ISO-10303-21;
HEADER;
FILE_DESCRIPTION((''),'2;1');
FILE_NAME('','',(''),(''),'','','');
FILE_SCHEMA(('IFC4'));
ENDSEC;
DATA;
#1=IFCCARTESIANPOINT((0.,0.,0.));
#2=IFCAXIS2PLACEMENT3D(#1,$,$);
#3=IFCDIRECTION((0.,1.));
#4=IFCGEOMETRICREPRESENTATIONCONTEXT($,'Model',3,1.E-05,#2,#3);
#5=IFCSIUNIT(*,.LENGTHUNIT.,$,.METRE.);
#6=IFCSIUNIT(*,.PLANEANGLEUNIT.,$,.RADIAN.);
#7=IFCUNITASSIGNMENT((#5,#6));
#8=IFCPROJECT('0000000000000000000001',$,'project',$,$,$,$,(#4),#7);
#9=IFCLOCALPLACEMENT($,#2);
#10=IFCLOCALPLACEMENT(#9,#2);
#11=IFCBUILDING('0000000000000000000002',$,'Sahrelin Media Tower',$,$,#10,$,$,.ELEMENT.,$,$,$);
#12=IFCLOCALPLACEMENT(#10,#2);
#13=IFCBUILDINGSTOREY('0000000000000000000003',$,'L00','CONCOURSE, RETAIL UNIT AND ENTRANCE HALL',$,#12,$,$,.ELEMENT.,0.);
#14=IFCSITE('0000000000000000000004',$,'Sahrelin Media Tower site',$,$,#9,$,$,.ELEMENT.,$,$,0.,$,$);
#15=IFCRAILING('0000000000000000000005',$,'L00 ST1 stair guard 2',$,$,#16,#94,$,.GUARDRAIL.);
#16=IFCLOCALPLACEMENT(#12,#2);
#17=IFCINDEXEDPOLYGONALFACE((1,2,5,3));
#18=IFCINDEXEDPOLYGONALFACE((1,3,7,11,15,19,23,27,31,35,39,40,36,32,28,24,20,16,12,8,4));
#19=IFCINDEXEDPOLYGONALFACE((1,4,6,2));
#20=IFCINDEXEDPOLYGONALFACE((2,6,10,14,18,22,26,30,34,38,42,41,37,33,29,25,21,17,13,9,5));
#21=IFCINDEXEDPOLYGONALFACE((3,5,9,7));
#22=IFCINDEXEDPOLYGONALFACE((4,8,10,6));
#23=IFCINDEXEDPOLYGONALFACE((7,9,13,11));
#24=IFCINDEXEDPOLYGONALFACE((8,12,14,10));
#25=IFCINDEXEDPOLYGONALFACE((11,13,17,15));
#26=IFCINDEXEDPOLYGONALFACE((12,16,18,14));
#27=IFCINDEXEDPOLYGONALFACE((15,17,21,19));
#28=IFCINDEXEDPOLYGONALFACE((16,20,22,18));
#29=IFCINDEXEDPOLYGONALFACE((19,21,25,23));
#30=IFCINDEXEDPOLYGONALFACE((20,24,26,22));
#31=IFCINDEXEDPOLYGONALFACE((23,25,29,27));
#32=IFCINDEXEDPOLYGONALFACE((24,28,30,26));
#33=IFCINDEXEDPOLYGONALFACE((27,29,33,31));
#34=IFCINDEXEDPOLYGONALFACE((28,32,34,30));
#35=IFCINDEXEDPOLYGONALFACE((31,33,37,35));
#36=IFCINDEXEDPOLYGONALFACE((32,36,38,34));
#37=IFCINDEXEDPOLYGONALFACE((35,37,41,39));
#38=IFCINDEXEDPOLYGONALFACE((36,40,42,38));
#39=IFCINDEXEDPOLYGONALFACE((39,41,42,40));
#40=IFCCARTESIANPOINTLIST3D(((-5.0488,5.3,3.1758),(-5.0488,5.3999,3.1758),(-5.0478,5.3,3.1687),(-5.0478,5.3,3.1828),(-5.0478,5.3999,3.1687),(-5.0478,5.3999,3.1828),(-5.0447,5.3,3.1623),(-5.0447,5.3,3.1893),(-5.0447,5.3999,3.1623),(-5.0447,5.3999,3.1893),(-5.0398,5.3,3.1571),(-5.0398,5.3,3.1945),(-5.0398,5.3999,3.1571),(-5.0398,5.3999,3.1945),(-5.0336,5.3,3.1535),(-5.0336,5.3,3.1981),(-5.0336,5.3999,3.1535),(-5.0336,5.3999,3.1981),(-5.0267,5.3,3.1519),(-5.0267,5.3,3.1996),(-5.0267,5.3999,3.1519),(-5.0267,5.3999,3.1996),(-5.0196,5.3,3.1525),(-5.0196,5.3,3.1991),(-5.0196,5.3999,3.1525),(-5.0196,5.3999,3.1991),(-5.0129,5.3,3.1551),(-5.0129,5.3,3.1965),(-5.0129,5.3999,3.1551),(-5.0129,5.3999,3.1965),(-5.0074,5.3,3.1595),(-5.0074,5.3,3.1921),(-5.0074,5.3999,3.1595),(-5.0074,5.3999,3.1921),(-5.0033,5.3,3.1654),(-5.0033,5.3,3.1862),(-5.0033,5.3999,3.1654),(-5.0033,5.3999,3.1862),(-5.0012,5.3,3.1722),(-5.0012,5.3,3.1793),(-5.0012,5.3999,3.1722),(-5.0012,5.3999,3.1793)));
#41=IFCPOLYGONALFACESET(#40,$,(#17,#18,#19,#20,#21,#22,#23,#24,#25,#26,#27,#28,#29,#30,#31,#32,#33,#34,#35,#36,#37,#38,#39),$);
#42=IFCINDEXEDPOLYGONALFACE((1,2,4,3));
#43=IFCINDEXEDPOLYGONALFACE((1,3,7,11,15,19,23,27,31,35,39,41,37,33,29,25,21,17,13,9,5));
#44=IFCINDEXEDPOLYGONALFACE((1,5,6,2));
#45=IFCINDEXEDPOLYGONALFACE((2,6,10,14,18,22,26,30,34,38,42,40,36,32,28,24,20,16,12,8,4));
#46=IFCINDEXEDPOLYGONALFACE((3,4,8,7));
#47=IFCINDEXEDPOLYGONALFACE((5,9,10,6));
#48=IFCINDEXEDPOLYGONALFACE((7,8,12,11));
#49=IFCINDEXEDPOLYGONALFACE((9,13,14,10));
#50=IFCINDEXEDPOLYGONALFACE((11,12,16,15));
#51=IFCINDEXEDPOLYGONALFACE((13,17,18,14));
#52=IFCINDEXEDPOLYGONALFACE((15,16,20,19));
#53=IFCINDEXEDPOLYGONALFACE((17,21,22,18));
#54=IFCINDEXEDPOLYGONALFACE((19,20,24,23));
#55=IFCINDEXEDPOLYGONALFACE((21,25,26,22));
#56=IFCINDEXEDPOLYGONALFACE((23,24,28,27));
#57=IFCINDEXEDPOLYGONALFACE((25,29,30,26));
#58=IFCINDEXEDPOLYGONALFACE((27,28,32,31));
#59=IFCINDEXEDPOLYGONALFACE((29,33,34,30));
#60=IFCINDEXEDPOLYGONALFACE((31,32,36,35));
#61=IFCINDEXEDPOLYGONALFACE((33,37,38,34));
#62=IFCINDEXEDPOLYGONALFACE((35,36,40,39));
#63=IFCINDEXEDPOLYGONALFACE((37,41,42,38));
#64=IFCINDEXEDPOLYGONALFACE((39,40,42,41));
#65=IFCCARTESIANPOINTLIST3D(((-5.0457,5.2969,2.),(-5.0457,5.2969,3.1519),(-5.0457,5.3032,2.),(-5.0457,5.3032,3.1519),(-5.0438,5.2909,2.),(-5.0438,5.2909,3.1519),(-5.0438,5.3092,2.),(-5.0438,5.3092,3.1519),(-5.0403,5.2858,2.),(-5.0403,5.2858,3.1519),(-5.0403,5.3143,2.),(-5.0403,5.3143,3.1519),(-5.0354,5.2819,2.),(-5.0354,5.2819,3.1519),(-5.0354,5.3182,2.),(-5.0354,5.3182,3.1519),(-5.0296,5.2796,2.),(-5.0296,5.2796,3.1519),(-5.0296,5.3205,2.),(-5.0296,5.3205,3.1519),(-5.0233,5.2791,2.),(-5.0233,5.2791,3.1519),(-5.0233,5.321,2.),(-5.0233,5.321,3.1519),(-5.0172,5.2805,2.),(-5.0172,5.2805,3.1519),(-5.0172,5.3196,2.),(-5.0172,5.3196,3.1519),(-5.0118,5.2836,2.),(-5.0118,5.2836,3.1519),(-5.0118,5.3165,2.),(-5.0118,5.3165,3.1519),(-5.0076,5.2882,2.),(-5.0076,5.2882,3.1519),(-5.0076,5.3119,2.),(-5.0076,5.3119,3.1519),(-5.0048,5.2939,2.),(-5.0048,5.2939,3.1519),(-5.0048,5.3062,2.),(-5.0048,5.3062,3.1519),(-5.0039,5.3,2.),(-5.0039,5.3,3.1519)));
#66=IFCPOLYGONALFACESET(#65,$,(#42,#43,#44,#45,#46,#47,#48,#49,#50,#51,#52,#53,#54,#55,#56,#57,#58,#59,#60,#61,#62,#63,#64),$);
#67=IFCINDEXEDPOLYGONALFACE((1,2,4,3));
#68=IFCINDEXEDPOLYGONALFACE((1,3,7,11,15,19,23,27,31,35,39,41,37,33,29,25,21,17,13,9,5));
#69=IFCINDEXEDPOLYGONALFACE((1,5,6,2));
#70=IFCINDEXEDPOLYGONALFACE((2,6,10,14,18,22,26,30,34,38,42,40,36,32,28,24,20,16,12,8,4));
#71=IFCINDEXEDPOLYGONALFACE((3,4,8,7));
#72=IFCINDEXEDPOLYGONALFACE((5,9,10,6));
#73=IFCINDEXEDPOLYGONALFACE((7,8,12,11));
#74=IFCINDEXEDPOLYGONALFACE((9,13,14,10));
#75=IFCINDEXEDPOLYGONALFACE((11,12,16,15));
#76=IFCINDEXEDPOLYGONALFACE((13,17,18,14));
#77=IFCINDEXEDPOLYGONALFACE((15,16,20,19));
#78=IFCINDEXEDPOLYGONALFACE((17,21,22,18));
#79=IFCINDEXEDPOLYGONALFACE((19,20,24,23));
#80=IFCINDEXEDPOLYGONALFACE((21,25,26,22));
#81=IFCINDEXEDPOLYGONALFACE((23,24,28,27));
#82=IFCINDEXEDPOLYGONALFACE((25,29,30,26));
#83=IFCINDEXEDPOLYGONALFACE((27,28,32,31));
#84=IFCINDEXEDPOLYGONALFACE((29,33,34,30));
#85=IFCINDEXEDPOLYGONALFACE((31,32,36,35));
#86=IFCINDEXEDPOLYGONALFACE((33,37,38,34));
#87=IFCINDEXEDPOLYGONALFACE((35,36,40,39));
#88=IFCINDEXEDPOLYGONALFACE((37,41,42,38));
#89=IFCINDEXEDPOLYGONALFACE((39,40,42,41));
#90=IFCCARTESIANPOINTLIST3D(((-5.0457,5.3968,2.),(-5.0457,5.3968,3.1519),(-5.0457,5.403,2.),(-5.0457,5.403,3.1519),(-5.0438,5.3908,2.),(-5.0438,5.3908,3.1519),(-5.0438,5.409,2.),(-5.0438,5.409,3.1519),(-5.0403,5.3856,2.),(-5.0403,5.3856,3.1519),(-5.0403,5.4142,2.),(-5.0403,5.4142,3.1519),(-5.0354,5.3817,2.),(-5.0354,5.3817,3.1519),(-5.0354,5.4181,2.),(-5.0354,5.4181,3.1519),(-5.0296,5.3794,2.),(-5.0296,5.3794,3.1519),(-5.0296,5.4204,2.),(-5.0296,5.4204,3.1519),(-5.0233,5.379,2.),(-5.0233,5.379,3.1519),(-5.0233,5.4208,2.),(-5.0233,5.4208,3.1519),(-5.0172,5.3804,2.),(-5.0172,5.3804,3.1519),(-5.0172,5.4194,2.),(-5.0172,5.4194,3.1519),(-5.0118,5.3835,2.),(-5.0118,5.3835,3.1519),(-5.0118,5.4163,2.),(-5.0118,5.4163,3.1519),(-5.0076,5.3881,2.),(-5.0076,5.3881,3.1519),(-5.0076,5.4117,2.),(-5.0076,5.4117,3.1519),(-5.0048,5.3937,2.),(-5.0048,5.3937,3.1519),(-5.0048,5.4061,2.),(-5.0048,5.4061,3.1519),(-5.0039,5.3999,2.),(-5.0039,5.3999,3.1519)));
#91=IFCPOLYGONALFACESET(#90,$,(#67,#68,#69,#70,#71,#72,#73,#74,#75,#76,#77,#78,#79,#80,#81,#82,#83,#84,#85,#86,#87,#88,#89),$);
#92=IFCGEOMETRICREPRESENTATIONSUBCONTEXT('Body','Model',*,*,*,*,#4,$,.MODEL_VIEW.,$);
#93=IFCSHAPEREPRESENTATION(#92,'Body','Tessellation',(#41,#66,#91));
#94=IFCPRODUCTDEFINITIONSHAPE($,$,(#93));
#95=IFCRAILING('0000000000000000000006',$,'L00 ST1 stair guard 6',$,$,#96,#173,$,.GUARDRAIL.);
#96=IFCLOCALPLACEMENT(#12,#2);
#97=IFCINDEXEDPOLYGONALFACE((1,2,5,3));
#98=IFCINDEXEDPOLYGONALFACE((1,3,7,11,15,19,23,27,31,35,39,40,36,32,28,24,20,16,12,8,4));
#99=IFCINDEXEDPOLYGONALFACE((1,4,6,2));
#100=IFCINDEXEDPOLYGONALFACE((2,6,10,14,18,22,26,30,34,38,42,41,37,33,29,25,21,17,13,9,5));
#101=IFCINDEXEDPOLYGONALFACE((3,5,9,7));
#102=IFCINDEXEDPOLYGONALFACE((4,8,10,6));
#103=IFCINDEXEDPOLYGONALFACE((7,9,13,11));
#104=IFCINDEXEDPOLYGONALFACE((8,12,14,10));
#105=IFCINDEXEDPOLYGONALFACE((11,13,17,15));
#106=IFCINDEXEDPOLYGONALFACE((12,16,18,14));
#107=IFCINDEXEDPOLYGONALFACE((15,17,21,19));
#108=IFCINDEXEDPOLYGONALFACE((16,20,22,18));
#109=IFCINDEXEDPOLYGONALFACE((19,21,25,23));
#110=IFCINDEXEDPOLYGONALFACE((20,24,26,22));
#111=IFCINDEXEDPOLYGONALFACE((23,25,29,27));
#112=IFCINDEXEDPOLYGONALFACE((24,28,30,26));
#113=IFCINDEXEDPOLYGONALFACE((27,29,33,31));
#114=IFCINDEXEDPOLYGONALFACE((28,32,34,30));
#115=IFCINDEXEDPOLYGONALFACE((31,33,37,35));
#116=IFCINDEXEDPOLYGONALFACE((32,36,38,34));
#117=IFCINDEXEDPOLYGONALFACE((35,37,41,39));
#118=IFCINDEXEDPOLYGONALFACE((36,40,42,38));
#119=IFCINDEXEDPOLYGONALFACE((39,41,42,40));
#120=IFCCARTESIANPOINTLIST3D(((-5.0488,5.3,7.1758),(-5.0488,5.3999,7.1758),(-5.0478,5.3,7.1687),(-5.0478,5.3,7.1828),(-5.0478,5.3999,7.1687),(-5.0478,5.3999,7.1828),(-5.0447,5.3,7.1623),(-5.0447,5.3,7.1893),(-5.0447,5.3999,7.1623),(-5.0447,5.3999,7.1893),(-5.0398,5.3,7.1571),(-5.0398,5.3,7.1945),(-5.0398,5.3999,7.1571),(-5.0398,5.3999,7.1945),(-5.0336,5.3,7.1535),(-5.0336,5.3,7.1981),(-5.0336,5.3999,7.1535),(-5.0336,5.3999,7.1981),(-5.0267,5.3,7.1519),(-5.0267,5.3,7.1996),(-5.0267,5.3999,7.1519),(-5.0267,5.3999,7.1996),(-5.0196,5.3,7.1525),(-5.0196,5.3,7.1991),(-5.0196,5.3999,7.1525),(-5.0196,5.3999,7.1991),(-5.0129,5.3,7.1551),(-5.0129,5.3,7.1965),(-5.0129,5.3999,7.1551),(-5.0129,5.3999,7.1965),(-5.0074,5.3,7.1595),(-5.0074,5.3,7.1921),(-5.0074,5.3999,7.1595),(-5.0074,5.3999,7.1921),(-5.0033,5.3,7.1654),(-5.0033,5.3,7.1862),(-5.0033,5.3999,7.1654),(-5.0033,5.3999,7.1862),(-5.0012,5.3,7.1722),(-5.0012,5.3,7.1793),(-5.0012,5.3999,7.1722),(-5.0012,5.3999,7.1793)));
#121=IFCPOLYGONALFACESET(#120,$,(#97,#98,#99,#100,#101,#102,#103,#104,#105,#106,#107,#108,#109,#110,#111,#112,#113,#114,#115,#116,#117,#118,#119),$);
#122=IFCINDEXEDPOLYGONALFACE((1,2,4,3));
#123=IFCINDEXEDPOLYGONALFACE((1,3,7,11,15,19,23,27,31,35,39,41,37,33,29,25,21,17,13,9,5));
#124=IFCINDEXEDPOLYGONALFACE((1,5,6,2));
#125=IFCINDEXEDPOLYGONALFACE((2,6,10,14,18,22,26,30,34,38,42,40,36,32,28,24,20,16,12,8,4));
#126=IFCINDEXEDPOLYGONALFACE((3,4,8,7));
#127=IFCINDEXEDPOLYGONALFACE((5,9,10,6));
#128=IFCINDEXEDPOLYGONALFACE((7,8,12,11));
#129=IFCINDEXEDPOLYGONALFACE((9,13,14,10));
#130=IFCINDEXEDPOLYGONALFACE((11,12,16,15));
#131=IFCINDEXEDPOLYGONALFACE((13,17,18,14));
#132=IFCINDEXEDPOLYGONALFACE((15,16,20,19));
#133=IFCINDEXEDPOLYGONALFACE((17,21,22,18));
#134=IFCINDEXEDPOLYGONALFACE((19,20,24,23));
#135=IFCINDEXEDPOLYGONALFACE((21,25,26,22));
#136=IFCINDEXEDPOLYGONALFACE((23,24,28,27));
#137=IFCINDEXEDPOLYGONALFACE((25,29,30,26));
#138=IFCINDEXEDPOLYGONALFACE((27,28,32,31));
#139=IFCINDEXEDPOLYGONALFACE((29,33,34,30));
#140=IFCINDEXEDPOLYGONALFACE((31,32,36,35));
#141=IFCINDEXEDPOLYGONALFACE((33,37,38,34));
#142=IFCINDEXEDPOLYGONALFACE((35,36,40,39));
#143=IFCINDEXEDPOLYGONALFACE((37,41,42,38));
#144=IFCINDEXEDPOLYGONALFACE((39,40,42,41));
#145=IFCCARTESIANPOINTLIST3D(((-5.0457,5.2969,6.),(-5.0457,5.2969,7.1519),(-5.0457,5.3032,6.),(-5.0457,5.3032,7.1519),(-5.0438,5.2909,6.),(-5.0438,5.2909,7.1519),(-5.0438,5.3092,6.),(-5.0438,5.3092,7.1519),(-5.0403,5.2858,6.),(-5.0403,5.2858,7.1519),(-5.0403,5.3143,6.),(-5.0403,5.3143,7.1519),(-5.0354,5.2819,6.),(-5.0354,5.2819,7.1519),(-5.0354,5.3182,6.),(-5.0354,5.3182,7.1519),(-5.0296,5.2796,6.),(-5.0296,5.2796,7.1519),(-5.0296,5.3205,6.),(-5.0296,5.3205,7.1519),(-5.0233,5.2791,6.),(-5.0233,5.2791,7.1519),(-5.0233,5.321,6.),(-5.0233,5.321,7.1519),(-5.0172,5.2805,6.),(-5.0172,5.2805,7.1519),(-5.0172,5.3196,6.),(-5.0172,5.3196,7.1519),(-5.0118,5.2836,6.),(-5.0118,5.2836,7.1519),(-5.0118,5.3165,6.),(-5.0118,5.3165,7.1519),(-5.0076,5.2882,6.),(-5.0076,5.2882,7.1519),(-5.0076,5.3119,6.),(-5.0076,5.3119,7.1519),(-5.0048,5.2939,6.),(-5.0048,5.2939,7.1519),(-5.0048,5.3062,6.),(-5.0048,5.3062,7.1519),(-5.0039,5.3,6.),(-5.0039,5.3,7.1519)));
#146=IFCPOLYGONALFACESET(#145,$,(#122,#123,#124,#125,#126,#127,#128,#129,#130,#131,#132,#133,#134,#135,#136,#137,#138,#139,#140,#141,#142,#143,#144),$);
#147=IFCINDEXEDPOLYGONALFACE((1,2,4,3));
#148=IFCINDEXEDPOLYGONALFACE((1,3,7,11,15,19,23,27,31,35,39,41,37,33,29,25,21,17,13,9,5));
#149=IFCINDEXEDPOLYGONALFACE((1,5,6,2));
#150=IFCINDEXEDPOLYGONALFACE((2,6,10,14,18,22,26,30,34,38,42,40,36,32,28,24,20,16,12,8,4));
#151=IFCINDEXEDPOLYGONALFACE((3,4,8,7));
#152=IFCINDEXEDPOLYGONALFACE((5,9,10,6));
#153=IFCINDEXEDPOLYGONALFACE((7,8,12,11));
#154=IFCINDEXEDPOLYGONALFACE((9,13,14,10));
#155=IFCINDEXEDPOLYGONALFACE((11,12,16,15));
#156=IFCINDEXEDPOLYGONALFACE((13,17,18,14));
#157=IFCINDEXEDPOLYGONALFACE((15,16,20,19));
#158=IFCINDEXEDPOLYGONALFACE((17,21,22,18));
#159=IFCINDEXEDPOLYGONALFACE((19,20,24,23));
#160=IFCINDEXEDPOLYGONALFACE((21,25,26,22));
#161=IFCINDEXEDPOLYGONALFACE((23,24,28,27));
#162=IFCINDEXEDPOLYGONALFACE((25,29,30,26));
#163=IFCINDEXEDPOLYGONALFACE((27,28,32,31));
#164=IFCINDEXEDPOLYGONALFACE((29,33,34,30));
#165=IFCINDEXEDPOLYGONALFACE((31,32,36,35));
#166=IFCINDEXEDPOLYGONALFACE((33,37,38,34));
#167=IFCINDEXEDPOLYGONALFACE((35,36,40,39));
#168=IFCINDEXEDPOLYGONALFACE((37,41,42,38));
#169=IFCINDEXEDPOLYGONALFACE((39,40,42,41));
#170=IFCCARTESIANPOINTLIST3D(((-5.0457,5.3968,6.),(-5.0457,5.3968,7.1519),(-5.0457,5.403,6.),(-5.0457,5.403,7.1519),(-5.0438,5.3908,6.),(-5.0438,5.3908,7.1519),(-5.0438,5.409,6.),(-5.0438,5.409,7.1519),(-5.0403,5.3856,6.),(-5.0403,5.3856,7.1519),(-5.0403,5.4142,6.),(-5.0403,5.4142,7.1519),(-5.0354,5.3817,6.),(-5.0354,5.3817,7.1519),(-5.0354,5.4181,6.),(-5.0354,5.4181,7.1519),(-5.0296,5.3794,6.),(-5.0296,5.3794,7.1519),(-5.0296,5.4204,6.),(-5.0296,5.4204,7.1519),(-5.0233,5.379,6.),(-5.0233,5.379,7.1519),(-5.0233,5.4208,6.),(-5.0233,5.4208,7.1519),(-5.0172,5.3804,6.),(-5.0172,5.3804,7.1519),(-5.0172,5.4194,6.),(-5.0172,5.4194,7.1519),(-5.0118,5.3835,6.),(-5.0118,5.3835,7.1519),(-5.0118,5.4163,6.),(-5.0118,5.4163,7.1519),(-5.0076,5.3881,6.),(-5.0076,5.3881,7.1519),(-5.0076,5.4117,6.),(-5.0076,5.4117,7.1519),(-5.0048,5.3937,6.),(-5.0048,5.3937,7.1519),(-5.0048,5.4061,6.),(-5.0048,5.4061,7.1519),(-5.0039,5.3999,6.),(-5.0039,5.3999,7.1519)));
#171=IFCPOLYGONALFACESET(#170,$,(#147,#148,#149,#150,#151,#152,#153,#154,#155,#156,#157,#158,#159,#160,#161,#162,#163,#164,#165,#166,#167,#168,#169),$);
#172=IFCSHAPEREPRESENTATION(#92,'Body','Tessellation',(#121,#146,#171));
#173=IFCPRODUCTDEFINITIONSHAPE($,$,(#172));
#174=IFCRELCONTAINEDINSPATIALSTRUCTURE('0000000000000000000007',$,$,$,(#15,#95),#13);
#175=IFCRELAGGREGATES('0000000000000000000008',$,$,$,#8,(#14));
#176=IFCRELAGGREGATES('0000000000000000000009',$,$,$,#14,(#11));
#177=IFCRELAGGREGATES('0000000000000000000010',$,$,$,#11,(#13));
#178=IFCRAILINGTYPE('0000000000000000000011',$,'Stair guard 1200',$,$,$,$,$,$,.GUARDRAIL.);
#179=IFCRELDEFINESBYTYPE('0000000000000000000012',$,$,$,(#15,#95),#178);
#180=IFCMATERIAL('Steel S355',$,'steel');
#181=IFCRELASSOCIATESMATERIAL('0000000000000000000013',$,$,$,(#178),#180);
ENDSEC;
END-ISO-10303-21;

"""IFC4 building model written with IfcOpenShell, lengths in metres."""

from ifc_helpers import new_model, si_unit, direction, frame, origin, origin_2d, place, context, subcontext, project, spatial, circle, extrude, material, type_object, element, save


model = new_model("IFC4")

# Units and contexts
model_context = context("Model", 3, precision=1e-05, world=origin(), true_north=direction((0.0, 1.0)))
body_context = subcontext(model_context, "Body", "Model", "MODEL_VIEW")
ifc_project = project(units=[si_unit("LENGTHUNIT", "METRE"), si_unit("PLANEANGLEUNIT", "RADIAN")], contexts=[model_context])

# Site, building, storey
site_placement = place(None, origin())
site = spatial("IfcSite", under=ifc_project, at=site_placement, Name="Sahrelin Media Tower site", CompositionType="ELEMENT", RefElevation=0.0)
building_placement = place(site_placement, origin())
building = spatial("IfcBuilding", under=site, at=building_placement, Name="Sahrelin Media Tower", CompositionType="ELEMENT")
storey_placement = place(building_placement, origin())
storey = spatial("IfcBuildingStorey", under=building, at=storey_placement, Name="L00", Description="CONCOURSE, RETAIL UNIT AND ENTRANCE HALL", CompositionType="ELEMENT", Elevation=0.0)

# Shared definitions
ifc_material_1 = material(Name="Steel S355", Category="steel")

# Railings
railing_type_1 = type_object("IfcRailingType", Name="Stair guard 1200", PredefinedType="GUARDRAIL", material=ifc_material_1)
for number, where, name in (
    (1, (-5.0249, 5.3, 2.0), "L00 ST1 stair guard 2"),
    (2, (-5.0249, 5.3, 6.0), "L00 ST1 stair guard 6"),
):
    element("IfcRailing", number, at=place(storey_placement, frame(where)), inside=storey, type_object=railing_type_1, Name=name, PredefinedType="GUARDRAIL", context=body_context, shape_type="SweptSolid", body=[
        extrude(circle(Radius=0.0239, at=origin_2d()), frame((0.0, 0.0, 1.1758), z_axis=(0.0, 1.0, 0.0), x_axis=(-1.0, 0.0, 0.0)), (0.0, 0.0, 1.0), 0.0999),
        extrude(circle(Radius=0.021, at=origin_2d()), origin(), (0.0, 0.0, 1.0), 1.1519),
        extrude(circle(Radius=0.021, at=origin_2d()), frame((0.0, 0.0999, 0.0)), (0.0, 0.0, 1.0), 1.1519),
    ])

save(model, "model.ifc")
